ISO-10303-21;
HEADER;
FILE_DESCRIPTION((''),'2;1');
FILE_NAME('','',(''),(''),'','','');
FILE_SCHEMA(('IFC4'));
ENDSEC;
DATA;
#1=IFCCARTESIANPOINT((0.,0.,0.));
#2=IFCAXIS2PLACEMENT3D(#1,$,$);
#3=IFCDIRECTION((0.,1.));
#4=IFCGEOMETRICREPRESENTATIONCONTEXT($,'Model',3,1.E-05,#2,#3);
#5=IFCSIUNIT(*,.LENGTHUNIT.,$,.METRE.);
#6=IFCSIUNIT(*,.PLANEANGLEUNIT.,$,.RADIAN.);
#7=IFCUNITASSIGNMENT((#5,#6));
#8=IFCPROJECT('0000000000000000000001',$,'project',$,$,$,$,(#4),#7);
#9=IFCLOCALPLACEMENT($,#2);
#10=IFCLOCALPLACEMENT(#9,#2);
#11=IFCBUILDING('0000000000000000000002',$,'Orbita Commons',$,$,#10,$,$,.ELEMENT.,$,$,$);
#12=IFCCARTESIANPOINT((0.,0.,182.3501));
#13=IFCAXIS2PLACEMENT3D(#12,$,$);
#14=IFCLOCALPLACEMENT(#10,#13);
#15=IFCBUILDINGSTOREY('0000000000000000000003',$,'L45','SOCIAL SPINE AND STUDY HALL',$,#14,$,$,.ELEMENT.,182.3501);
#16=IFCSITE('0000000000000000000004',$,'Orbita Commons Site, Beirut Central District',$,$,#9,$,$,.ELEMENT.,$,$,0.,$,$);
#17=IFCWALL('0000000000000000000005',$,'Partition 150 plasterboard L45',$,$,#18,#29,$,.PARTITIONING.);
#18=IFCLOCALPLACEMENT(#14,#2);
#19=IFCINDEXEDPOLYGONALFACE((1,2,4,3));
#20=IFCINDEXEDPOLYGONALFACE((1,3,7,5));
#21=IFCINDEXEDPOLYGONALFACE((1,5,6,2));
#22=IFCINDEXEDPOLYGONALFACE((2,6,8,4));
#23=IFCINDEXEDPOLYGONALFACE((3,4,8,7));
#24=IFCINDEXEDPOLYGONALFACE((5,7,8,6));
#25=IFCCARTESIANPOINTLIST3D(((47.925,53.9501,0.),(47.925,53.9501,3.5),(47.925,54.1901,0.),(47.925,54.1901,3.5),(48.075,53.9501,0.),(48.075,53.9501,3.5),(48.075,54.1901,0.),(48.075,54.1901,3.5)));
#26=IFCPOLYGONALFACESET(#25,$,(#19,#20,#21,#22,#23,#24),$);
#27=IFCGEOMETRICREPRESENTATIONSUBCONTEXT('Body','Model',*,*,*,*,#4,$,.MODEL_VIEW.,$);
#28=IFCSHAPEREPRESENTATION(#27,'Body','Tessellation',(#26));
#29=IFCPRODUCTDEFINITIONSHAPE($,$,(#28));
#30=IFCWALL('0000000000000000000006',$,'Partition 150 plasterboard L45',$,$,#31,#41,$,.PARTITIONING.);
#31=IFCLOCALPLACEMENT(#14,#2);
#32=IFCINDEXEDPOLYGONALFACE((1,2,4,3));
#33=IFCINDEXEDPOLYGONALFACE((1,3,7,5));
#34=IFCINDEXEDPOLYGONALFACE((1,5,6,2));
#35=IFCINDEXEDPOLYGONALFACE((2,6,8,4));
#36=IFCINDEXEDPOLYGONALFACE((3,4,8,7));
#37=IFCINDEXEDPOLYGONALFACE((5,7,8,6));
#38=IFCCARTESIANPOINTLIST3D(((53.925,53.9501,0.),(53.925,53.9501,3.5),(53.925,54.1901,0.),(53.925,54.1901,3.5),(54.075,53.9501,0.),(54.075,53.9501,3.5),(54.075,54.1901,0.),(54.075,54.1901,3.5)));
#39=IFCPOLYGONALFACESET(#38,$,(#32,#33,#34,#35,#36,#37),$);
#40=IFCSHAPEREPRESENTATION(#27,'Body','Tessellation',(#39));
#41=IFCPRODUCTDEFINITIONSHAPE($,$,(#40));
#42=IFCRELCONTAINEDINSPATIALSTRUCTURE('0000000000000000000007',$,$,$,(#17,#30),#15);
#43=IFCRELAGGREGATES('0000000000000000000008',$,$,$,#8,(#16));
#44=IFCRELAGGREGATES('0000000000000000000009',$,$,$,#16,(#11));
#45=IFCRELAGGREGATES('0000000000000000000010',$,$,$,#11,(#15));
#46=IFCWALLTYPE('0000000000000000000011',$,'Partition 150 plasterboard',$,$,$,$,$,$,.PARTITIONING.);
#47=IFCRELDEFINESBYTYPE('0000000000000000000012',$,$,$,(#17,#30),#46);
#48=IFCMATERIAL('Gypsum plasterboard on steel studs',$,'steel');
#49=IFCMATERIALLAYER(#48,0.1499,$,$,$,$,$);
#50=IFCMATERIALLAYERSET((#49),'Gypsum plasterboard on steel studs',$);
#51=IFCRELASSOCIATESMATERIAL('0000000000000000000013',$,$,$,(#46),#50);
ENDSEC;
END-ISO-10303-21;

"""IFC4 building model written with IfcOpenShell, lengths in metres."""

from ifc_helpers import new_model, si_unit, direction, frame, frame_2d, origin, place, context, subcontext, project, spatial, rectangle, extrude, material, layer, layer_set, type_object, element, save


model = new_model("IFC4")

# Units and contexts
model_context = context("Model", 3, precision=1e-05, world=origin(), true_north=direction((0.0, 1.0)))
body_context = subcontext(model_context, "Body", "Model", "MODEL_VIEW")
ifc_project = project(units=[si_unit("LENGTHUNIT", "METRE"), si_unit("PLANEANGLEUNIT", "RADIAN")], contexts=[model_context])

# Site, building, storey
site_placement = place(None, origin())
site = spatial("IfcSite", under=ifc_project, at=site_placement, Name="Orbita Commons Site, Beirut Central District", CompositionType="ELEMENT", RefElevation=0.0)
building_placement = place(site_placement, origin())
building = spatial("IfcBuilding", under=site, at=building_placement, Name="Orbita Commons", CompositionType="ELEMENT")
storey_placement = place(building_placement, frame((0.0, 0.0, 182.3501)))
storey = spatial("IfcBuildingStorey", under=building, at=storey_placement, Name="L45", Description="SOCIAL SPINE AND STUDY HALL", CompositionType="ELEMENT", Elevation=182.3501)

# Walls
ifc_material_1 = material(Name="Gypsum plasterboard on steel studs", Category="steel")
ifc_layer_1 = layer(ifc_material_1, 0.1499)
ifc_layer_set_1 = layer_set([ifc_layer_1], Name="Gypsum plasterboard on steel studs")
wall_type_1 = type_object("IfcWallType", Name="Partition 150 plasterboard", PredefinedType="PARTITIONING", material=ifc_layer_set_1)
for number, where, z_axis, x_axis, name in (
    (1, (48.0, 53.95, 0.0), (0.0, 0.0, 1.0), (0.0, 1.0, 0.0), "Partition 150 plasterboard L45"),
    (2, (54.0, 53.95, 0.0), (0.0, 0.0, 1.0), (0.0, 1.0, 0.0), "Partition 150 plasterboard L45"),
):
    element("IfcWall", number, at=place(storey_placement, frame(where, z_axis=z_axis, x_axis=x_axis)), inside=storey, type_object=wall_type_1, Name=name, PredefinedType="PARTITIONING", context=body_context, shape_type="SweptSolid", body=[
        extrude(rectangle(XDim=0.24, YDim=0.1499, at=frame_2d((0.1201, 0.0))), origin(), (0.0, 0.0, 1.0), 3.5),
    ])

save(model, "model.ifc")
